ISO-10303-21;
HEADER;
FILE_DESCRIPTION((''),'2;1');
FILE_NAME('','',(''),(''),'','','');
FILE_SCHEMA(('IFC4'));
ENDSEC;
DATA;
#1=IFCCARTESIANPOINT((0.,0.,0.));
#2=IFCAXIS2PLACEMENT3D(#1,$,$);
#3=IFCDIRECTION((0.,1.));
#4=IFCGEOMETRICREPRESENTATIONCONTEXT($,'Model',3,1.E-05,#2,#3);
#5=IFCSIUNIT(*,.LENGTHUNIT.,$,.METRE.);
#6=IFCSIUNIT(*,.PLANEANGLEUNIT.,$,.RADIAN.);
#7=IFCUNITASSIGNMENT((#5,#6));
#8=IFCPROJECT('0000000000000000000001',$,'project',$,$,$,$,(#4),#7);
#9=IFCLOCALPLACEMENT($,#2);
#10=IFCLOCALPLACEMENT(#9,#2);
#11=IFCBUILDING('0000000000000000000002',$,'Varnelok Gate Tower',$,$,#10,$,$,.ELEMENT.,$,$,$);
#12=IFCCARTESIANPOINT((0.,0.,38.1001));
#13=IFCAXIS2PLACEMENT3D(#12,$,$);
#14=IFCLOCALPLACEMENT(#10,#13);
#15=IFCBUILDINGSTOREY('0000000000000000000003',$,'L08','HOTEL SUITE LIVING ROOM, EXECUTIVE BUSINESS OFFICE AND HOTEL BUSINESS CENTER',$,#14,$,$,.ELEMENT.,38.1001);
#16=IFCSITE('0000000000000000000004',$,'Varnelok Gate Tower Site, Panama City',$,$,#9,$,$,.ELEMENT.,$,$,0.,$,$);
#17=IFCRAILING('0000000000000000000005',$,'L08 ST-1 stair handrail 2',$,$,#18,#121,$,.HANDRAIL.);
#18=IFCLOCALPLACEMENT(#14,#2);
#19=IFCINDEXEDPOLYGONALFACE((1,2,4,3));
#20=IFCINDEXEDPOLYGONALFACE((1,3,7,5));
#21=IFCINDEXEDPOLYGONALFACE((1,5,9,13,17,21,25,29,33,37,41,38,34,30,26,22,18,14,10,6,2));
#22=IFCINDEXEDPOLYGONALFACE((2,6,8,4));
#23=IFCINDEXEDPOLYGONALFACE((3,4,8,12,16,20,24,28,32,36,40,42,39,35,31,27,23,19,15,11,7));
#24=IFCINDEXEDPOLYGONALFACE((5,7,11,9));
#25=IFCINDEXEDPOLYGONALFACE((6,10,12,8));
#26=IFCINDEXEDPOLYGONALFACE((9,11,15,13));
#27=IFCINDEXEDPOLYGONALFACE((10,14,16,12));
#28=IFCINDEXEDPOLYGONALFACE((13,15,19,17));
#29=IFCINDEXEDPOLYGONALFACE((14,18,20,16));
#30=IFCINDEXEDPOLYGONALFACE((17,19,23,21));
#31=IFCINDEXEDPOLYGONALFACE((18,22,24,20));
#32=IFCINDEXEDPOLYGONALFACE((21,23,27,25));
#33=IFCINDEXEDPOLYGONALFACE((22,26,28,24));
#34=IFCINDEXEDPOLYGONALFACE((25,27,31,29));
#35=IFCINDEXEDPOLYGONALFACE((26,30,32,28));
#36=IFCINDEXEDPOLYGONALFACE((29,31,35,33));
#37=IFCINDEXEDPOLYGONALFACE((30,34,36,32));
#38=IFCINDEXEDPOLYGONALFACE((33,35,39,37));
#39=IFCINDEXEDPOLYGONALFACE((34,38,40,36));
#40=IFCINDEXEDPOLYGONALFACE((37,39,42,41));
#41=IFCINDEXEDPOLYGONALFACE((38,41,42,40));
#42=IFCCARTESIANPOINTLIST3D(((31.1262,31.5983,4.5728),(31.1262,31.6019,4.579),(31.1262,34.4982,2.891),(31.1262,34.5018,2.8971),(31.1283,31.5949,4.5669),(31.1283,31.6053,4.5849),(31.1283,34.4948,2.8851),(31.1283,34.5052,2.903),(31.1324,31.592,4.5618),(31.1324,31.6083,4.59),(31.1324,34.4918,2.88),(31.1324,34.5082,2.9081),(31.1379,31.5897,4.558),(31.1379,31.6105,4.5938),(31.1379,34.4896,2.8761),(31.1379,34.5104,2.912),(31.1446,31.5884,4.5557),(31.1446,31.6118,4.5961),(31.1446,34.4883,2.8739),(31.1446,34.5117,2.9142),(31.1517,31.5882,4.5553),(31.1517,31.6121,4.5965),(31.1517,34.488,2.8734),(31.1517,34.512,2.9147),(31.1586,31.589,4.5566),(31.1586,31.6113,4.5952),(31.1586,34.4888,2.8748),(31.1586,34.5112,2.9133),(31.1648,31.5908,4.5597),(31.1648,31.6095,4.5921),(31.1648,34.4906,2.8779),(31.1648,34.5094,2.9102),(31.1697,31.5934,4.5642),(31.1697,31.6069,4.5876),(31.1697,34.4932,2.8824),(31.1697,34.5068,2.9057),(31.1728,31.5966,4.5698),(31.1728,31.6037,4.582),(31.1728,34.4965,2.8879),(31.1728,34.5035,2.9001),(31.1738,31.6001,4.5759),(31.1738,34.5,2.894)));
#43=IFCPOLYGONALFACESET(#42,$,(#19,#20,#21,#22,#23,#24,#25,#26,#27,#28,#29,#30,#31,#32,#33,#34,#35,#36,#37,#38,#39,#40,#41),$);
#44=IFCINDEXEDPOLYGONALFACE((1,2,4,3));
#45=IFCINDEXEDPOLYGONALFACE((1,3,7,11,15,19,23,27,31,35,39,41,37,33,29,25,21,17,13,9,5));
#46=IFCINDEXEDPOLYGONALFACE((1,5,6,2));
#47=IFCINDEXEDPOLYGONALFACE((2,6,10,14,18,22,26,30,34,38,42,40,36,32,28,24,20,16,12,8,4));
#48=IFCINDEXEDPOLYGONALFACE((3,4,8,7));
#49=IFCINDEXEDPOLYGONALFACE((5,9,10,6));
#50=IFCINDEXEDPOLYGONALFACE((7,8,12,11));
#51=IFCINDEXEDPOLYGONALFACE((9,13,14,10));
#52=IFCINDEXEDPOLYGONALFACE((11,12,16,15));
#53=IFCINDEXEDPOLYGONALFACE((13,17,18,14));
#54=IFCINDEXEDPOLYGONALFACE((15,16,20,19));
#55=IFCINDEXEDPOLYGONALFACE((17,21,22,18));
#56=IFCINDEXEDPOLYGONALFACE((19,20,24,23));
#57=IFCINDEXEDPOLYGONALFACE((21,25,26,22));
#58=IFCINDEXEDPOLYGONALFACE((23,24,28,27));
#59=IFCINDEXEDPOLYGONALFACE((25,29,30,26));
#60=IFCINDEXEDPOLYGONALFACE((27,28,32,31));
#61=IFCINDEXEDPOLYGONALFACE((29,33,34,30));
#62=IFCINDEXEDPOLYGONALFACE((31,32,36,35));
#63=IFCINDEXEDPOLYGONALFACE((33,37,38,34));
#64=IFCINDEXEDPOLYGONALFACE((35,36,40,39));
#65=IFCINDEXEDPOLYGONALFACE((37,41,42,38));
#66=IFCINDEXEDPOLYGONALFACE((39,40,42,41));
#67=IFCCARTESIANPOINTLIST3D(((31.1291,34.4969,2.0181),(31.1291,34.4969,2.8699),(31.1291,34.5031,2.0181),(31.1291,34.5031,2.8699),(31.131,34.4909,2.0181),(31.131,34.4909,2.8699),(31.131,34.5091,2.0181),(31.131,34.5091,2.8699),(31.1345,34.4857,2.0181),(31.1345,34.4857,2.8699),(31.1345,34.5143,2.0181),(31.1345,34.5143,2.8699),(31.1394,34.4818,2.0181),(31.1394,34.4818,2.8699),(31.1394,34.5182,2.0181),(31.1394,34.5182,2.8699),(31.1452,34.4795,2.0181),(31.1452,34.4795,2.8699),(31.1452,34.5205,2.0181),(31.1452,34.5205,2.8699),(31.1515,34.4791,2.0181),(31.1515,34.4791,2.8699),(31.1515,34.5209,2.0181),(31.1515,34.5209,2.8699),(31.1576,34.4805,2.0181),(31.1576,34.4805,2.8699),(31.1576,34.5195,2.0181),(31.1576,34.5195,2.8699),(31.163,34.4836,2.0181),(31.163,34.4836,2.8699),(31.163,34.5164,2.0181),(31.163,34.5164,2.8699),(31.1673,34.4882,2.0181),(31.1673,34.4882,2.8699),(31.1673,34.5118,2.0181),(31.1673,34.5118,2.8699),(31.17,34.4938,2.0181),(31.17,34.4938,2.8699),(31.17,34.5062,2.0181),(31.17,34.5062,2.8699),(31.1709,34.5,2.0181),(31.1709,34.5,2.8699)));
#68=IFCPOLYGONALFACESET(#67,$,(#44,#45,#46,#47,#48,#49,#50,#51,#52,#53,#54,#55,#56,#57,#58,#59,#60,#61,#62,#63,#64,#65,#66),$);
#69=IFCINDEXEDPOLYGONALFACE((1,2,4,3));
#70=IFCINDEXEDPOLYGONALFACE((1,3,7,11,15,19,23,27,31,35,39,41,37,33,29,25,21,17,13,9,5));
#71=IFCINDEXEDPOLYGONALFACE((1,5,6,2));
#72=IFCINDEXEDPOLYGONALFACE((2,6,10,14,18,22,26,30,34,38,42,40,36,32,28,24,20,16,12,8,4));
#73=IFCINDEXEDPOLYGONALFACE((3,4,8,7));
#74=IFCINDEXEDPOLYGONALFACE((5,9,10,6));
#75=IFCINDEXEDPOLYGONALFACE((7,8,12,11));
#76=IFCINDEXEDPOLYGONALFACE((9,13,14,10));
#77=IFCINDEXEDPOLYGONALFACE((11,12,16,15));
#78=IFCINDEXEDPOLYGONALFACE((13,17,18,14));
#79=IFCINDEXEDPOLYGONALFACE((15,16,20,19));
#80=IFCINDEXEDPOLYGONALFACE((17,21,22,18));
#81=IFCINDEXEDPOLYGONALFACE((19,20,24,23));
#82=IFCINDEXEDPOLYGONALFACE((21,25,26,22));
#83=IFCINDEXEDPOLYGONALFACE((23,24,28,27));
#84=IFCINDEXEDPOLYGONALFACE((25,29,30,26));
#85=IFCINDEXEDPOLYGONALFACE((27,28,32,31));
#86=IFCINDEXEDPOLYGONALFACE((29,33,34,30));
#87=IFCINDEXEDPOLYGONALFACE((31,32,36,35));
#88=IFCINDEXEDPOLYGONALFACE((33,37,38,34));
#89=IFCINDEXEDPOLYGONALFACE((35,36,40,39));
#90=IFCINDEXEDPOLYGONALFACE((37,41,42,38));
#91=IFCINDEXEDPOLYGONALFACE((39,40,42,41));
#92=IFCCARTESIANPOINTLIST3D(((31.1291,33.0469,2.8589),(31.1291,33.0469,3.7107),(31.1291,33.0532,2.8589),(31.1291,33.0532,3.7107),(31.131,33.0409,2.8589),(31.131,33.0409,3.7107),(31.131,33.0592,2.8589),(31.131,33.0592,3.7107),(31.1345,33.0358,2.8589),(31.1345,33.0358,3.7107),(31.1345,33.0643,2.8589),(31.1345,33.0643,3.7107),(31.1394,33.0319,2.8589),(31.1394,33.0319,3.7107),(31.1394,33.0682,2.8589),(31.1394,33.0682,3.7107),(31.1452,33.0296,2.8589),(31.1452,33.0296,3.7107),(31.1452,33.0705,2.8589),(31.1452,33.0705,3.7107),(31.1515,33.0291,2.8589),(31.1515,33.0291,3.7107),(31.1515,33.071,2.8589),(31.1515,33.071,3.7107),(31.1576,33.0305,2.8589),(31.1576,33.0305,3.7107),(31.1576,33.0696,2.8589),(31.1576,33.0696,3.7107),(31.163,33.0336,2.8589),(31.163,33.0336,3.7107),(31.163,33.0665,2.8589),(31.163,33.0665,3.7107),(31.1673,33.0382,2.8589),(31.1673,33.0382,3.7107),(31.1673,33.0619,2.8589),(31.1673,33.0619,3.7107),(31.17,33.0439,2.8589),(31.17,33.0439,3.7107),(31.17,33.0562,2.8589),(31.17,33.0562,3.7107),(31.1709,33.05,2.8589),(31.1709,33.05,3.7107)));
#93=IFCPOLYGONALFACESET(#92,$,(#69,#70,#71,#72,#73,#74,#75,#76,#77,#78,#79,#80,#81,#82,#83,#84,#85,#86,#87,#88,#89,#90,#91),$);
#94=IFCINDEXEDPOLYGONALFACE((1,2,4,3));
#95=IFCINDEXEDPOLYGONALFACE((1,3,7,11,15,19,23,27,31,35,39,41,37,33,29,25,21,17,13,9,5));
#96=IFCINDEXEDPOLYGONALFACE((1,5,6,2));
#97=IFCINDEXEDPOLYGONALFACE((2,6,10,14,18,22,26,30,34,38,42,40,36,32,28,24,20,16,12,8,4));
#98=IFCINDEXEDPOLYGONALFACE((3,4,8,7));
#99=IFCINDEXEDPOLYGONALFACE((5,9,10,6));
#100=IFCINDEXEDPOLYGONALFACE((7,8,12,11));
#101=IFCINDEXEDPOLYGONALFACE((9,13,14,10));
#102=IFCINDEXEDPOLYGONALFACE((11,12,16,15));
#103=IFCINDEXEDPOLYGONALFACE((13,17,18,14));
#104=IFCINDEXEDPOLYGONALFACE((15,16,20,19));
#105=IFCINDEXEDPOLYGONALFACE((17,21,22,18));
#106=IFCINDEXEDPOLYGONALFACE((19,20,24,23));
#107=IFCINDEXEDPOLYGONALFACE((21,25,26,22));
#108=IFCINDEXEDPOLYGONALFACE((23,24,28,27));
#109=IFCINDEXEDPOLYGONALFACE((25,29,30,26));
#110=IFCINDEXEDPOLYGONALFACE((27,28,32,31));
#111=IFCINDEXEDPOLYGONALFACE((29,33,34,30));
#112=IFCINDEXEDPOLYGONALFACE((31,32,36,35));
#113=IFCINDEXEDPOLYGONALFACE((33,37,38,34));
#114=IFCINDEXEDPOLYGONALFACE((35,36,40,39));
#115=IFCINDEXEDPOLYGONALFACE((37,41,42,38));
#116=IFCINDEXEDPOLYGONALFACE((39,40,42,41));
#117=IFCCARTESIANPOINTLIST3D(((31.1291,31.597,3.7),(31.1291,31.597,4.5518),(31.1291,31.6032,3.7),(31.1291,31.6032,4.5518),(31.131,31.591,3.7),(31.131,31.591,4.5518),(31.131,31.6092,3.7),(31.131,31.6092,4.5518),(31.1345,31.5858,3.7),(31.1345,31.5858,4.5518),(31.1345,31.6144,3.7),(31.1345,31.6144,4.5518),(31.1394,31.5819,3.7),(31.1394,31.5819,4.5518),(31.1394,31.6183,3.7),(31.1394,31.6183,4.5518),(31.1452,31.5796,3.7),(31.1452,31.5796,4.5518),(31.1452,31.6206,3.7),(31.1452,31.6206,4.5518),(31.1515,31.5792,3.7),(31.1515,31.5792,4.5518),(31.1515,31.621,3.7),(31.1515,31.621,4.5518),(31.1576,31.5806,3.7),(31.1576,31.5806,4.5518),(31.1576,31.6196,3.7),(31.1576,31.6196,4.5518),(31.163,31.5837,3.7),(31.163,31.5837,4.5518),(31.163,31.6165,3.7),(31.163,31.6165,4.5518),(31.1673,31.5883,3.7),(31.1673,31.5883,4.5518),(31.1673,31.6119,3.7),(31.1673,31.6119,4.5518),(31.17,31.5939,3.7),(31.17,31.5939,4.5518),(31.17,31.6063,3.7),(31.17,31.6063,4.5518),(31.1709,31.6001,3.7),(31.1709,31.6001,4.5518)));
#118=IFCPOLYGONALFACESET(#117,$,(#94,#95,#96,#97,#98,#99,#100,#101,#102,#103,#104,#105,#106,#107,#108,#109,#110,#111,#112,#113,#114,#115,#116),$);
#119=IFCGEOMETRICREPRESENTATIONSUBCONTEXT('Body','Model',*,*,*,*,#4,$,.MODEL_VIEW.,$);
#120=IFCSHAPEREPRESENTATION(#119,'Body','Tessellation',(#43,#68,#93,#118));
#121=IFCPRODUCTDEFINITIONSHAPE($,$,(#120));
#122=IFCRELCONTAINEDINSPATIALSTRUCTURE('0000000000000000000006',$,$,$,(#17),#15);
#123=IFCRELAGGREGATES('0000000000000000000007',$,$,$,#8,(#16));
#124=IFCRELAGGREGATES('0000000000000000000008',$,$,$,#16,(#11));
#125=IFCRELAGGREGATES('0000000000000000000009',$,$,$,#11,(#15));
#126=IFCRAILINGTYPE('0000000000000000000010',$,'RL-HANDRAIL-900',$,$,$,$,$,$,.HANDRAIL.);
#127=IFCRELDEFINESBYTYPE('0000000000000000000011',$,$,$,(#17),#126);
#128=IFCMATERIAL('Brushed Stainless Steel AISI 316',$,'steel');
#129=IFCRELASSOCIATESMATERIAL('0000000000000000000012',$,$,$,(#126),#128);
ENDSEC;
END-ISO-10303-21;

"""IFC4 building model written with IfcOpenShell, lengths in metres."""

from ifc_helpers import new_model, si_unit, direction, frame, origin, origin_2d, place, context, subcontext, project, spatial, circle, extrude, material, type_object, element, save


model = new_model("IFC4")

# Units and contexts
model_context = context("Model", 3, precision=1e-05, world=origin(), true_north=direction((0.0, 1.0)))
body_context = subcontext(model_context, "Body", "Model", "MODEL_VIEW")
ifc_project = project(units=[si_unit("LENGTHUNIT", "METRE"), si_unit("PLANEANGLEUNIT", "RADIAN")], contexts=[model_context])

# Site, building, storey
site_placement = place(None, origin())
site = spatial("IfcSite", under=ifc_project, at=site_placement, Name="Varnelok Gate Tower Site, Panama City", CompositionType="ELEMENT", RefElevation=0.0)
building_placement = place(site_placement, origin())
building = spatial("IfcBuilding", under=site, at=building_placement, Name="Varnelok Gate Tower", CompositionType="ELEMENT")
storey_placement = place(building_placement, frame((0.0, 0.0, 38.1001)))
storey = spatial("IfcBuildingStorey", under=building, at=storey_placement, Name="L08", Description="HOTEL SUITE LIVING ROOM, EXECUTIVE BUSINESS OFFICE AND HOTEL BUSINESS CENTER", CompositionType="ELEMENT", Elevation=38.1001)

# Railing
ifc_material_1 = material(Name="Brushed Stainless Steel AISI 316", Category="steel")
railing_type_1 = type_object("IfcRailingType", Name="RL-HANDRAIL-900", PredefinedType="HANDRAIL", material=ifc_material_1)
railing_1_placement = place(storey_placement, frame((31.1499, 34.5, 2.0181)))
element("IfcRailing", 1, at=railing_1_placement, inside=storey, type_object=railing_type_1, Name="L08 ST-1 stair handrail 2", PredefinedType="HANDRAIL", context=body_context, shape_type="SweptSolid", body=[
    extrude(circle(Radius=0.0239, at=origin_2d()), frame((0.0, 0.0, 0.876), z_axis=(0.0, -0.865039, 0.501705), x_axis=(1.0, 0.0, 0.0)), (0.0, 0.0, 1.0), 3.3523),
    extrude(circle(Radius=0.021, at=origin_2d()), origin(), (0.0, 0.0, 1.0), 0.8518),
    extrude(circle(Radius=0.021, at=origin_2d()), frame((0.0, -1.45, 0.8408)), (0.0, 0.0, 1.0), 0.8518),
    extrude(circle(Radius=0.021, at=origin_2d()), frame((0.0, -2.8999, 1.6819)), (0.0, 0.0, 1.0), 0.8518),
])

save(model, "model.ifc")
